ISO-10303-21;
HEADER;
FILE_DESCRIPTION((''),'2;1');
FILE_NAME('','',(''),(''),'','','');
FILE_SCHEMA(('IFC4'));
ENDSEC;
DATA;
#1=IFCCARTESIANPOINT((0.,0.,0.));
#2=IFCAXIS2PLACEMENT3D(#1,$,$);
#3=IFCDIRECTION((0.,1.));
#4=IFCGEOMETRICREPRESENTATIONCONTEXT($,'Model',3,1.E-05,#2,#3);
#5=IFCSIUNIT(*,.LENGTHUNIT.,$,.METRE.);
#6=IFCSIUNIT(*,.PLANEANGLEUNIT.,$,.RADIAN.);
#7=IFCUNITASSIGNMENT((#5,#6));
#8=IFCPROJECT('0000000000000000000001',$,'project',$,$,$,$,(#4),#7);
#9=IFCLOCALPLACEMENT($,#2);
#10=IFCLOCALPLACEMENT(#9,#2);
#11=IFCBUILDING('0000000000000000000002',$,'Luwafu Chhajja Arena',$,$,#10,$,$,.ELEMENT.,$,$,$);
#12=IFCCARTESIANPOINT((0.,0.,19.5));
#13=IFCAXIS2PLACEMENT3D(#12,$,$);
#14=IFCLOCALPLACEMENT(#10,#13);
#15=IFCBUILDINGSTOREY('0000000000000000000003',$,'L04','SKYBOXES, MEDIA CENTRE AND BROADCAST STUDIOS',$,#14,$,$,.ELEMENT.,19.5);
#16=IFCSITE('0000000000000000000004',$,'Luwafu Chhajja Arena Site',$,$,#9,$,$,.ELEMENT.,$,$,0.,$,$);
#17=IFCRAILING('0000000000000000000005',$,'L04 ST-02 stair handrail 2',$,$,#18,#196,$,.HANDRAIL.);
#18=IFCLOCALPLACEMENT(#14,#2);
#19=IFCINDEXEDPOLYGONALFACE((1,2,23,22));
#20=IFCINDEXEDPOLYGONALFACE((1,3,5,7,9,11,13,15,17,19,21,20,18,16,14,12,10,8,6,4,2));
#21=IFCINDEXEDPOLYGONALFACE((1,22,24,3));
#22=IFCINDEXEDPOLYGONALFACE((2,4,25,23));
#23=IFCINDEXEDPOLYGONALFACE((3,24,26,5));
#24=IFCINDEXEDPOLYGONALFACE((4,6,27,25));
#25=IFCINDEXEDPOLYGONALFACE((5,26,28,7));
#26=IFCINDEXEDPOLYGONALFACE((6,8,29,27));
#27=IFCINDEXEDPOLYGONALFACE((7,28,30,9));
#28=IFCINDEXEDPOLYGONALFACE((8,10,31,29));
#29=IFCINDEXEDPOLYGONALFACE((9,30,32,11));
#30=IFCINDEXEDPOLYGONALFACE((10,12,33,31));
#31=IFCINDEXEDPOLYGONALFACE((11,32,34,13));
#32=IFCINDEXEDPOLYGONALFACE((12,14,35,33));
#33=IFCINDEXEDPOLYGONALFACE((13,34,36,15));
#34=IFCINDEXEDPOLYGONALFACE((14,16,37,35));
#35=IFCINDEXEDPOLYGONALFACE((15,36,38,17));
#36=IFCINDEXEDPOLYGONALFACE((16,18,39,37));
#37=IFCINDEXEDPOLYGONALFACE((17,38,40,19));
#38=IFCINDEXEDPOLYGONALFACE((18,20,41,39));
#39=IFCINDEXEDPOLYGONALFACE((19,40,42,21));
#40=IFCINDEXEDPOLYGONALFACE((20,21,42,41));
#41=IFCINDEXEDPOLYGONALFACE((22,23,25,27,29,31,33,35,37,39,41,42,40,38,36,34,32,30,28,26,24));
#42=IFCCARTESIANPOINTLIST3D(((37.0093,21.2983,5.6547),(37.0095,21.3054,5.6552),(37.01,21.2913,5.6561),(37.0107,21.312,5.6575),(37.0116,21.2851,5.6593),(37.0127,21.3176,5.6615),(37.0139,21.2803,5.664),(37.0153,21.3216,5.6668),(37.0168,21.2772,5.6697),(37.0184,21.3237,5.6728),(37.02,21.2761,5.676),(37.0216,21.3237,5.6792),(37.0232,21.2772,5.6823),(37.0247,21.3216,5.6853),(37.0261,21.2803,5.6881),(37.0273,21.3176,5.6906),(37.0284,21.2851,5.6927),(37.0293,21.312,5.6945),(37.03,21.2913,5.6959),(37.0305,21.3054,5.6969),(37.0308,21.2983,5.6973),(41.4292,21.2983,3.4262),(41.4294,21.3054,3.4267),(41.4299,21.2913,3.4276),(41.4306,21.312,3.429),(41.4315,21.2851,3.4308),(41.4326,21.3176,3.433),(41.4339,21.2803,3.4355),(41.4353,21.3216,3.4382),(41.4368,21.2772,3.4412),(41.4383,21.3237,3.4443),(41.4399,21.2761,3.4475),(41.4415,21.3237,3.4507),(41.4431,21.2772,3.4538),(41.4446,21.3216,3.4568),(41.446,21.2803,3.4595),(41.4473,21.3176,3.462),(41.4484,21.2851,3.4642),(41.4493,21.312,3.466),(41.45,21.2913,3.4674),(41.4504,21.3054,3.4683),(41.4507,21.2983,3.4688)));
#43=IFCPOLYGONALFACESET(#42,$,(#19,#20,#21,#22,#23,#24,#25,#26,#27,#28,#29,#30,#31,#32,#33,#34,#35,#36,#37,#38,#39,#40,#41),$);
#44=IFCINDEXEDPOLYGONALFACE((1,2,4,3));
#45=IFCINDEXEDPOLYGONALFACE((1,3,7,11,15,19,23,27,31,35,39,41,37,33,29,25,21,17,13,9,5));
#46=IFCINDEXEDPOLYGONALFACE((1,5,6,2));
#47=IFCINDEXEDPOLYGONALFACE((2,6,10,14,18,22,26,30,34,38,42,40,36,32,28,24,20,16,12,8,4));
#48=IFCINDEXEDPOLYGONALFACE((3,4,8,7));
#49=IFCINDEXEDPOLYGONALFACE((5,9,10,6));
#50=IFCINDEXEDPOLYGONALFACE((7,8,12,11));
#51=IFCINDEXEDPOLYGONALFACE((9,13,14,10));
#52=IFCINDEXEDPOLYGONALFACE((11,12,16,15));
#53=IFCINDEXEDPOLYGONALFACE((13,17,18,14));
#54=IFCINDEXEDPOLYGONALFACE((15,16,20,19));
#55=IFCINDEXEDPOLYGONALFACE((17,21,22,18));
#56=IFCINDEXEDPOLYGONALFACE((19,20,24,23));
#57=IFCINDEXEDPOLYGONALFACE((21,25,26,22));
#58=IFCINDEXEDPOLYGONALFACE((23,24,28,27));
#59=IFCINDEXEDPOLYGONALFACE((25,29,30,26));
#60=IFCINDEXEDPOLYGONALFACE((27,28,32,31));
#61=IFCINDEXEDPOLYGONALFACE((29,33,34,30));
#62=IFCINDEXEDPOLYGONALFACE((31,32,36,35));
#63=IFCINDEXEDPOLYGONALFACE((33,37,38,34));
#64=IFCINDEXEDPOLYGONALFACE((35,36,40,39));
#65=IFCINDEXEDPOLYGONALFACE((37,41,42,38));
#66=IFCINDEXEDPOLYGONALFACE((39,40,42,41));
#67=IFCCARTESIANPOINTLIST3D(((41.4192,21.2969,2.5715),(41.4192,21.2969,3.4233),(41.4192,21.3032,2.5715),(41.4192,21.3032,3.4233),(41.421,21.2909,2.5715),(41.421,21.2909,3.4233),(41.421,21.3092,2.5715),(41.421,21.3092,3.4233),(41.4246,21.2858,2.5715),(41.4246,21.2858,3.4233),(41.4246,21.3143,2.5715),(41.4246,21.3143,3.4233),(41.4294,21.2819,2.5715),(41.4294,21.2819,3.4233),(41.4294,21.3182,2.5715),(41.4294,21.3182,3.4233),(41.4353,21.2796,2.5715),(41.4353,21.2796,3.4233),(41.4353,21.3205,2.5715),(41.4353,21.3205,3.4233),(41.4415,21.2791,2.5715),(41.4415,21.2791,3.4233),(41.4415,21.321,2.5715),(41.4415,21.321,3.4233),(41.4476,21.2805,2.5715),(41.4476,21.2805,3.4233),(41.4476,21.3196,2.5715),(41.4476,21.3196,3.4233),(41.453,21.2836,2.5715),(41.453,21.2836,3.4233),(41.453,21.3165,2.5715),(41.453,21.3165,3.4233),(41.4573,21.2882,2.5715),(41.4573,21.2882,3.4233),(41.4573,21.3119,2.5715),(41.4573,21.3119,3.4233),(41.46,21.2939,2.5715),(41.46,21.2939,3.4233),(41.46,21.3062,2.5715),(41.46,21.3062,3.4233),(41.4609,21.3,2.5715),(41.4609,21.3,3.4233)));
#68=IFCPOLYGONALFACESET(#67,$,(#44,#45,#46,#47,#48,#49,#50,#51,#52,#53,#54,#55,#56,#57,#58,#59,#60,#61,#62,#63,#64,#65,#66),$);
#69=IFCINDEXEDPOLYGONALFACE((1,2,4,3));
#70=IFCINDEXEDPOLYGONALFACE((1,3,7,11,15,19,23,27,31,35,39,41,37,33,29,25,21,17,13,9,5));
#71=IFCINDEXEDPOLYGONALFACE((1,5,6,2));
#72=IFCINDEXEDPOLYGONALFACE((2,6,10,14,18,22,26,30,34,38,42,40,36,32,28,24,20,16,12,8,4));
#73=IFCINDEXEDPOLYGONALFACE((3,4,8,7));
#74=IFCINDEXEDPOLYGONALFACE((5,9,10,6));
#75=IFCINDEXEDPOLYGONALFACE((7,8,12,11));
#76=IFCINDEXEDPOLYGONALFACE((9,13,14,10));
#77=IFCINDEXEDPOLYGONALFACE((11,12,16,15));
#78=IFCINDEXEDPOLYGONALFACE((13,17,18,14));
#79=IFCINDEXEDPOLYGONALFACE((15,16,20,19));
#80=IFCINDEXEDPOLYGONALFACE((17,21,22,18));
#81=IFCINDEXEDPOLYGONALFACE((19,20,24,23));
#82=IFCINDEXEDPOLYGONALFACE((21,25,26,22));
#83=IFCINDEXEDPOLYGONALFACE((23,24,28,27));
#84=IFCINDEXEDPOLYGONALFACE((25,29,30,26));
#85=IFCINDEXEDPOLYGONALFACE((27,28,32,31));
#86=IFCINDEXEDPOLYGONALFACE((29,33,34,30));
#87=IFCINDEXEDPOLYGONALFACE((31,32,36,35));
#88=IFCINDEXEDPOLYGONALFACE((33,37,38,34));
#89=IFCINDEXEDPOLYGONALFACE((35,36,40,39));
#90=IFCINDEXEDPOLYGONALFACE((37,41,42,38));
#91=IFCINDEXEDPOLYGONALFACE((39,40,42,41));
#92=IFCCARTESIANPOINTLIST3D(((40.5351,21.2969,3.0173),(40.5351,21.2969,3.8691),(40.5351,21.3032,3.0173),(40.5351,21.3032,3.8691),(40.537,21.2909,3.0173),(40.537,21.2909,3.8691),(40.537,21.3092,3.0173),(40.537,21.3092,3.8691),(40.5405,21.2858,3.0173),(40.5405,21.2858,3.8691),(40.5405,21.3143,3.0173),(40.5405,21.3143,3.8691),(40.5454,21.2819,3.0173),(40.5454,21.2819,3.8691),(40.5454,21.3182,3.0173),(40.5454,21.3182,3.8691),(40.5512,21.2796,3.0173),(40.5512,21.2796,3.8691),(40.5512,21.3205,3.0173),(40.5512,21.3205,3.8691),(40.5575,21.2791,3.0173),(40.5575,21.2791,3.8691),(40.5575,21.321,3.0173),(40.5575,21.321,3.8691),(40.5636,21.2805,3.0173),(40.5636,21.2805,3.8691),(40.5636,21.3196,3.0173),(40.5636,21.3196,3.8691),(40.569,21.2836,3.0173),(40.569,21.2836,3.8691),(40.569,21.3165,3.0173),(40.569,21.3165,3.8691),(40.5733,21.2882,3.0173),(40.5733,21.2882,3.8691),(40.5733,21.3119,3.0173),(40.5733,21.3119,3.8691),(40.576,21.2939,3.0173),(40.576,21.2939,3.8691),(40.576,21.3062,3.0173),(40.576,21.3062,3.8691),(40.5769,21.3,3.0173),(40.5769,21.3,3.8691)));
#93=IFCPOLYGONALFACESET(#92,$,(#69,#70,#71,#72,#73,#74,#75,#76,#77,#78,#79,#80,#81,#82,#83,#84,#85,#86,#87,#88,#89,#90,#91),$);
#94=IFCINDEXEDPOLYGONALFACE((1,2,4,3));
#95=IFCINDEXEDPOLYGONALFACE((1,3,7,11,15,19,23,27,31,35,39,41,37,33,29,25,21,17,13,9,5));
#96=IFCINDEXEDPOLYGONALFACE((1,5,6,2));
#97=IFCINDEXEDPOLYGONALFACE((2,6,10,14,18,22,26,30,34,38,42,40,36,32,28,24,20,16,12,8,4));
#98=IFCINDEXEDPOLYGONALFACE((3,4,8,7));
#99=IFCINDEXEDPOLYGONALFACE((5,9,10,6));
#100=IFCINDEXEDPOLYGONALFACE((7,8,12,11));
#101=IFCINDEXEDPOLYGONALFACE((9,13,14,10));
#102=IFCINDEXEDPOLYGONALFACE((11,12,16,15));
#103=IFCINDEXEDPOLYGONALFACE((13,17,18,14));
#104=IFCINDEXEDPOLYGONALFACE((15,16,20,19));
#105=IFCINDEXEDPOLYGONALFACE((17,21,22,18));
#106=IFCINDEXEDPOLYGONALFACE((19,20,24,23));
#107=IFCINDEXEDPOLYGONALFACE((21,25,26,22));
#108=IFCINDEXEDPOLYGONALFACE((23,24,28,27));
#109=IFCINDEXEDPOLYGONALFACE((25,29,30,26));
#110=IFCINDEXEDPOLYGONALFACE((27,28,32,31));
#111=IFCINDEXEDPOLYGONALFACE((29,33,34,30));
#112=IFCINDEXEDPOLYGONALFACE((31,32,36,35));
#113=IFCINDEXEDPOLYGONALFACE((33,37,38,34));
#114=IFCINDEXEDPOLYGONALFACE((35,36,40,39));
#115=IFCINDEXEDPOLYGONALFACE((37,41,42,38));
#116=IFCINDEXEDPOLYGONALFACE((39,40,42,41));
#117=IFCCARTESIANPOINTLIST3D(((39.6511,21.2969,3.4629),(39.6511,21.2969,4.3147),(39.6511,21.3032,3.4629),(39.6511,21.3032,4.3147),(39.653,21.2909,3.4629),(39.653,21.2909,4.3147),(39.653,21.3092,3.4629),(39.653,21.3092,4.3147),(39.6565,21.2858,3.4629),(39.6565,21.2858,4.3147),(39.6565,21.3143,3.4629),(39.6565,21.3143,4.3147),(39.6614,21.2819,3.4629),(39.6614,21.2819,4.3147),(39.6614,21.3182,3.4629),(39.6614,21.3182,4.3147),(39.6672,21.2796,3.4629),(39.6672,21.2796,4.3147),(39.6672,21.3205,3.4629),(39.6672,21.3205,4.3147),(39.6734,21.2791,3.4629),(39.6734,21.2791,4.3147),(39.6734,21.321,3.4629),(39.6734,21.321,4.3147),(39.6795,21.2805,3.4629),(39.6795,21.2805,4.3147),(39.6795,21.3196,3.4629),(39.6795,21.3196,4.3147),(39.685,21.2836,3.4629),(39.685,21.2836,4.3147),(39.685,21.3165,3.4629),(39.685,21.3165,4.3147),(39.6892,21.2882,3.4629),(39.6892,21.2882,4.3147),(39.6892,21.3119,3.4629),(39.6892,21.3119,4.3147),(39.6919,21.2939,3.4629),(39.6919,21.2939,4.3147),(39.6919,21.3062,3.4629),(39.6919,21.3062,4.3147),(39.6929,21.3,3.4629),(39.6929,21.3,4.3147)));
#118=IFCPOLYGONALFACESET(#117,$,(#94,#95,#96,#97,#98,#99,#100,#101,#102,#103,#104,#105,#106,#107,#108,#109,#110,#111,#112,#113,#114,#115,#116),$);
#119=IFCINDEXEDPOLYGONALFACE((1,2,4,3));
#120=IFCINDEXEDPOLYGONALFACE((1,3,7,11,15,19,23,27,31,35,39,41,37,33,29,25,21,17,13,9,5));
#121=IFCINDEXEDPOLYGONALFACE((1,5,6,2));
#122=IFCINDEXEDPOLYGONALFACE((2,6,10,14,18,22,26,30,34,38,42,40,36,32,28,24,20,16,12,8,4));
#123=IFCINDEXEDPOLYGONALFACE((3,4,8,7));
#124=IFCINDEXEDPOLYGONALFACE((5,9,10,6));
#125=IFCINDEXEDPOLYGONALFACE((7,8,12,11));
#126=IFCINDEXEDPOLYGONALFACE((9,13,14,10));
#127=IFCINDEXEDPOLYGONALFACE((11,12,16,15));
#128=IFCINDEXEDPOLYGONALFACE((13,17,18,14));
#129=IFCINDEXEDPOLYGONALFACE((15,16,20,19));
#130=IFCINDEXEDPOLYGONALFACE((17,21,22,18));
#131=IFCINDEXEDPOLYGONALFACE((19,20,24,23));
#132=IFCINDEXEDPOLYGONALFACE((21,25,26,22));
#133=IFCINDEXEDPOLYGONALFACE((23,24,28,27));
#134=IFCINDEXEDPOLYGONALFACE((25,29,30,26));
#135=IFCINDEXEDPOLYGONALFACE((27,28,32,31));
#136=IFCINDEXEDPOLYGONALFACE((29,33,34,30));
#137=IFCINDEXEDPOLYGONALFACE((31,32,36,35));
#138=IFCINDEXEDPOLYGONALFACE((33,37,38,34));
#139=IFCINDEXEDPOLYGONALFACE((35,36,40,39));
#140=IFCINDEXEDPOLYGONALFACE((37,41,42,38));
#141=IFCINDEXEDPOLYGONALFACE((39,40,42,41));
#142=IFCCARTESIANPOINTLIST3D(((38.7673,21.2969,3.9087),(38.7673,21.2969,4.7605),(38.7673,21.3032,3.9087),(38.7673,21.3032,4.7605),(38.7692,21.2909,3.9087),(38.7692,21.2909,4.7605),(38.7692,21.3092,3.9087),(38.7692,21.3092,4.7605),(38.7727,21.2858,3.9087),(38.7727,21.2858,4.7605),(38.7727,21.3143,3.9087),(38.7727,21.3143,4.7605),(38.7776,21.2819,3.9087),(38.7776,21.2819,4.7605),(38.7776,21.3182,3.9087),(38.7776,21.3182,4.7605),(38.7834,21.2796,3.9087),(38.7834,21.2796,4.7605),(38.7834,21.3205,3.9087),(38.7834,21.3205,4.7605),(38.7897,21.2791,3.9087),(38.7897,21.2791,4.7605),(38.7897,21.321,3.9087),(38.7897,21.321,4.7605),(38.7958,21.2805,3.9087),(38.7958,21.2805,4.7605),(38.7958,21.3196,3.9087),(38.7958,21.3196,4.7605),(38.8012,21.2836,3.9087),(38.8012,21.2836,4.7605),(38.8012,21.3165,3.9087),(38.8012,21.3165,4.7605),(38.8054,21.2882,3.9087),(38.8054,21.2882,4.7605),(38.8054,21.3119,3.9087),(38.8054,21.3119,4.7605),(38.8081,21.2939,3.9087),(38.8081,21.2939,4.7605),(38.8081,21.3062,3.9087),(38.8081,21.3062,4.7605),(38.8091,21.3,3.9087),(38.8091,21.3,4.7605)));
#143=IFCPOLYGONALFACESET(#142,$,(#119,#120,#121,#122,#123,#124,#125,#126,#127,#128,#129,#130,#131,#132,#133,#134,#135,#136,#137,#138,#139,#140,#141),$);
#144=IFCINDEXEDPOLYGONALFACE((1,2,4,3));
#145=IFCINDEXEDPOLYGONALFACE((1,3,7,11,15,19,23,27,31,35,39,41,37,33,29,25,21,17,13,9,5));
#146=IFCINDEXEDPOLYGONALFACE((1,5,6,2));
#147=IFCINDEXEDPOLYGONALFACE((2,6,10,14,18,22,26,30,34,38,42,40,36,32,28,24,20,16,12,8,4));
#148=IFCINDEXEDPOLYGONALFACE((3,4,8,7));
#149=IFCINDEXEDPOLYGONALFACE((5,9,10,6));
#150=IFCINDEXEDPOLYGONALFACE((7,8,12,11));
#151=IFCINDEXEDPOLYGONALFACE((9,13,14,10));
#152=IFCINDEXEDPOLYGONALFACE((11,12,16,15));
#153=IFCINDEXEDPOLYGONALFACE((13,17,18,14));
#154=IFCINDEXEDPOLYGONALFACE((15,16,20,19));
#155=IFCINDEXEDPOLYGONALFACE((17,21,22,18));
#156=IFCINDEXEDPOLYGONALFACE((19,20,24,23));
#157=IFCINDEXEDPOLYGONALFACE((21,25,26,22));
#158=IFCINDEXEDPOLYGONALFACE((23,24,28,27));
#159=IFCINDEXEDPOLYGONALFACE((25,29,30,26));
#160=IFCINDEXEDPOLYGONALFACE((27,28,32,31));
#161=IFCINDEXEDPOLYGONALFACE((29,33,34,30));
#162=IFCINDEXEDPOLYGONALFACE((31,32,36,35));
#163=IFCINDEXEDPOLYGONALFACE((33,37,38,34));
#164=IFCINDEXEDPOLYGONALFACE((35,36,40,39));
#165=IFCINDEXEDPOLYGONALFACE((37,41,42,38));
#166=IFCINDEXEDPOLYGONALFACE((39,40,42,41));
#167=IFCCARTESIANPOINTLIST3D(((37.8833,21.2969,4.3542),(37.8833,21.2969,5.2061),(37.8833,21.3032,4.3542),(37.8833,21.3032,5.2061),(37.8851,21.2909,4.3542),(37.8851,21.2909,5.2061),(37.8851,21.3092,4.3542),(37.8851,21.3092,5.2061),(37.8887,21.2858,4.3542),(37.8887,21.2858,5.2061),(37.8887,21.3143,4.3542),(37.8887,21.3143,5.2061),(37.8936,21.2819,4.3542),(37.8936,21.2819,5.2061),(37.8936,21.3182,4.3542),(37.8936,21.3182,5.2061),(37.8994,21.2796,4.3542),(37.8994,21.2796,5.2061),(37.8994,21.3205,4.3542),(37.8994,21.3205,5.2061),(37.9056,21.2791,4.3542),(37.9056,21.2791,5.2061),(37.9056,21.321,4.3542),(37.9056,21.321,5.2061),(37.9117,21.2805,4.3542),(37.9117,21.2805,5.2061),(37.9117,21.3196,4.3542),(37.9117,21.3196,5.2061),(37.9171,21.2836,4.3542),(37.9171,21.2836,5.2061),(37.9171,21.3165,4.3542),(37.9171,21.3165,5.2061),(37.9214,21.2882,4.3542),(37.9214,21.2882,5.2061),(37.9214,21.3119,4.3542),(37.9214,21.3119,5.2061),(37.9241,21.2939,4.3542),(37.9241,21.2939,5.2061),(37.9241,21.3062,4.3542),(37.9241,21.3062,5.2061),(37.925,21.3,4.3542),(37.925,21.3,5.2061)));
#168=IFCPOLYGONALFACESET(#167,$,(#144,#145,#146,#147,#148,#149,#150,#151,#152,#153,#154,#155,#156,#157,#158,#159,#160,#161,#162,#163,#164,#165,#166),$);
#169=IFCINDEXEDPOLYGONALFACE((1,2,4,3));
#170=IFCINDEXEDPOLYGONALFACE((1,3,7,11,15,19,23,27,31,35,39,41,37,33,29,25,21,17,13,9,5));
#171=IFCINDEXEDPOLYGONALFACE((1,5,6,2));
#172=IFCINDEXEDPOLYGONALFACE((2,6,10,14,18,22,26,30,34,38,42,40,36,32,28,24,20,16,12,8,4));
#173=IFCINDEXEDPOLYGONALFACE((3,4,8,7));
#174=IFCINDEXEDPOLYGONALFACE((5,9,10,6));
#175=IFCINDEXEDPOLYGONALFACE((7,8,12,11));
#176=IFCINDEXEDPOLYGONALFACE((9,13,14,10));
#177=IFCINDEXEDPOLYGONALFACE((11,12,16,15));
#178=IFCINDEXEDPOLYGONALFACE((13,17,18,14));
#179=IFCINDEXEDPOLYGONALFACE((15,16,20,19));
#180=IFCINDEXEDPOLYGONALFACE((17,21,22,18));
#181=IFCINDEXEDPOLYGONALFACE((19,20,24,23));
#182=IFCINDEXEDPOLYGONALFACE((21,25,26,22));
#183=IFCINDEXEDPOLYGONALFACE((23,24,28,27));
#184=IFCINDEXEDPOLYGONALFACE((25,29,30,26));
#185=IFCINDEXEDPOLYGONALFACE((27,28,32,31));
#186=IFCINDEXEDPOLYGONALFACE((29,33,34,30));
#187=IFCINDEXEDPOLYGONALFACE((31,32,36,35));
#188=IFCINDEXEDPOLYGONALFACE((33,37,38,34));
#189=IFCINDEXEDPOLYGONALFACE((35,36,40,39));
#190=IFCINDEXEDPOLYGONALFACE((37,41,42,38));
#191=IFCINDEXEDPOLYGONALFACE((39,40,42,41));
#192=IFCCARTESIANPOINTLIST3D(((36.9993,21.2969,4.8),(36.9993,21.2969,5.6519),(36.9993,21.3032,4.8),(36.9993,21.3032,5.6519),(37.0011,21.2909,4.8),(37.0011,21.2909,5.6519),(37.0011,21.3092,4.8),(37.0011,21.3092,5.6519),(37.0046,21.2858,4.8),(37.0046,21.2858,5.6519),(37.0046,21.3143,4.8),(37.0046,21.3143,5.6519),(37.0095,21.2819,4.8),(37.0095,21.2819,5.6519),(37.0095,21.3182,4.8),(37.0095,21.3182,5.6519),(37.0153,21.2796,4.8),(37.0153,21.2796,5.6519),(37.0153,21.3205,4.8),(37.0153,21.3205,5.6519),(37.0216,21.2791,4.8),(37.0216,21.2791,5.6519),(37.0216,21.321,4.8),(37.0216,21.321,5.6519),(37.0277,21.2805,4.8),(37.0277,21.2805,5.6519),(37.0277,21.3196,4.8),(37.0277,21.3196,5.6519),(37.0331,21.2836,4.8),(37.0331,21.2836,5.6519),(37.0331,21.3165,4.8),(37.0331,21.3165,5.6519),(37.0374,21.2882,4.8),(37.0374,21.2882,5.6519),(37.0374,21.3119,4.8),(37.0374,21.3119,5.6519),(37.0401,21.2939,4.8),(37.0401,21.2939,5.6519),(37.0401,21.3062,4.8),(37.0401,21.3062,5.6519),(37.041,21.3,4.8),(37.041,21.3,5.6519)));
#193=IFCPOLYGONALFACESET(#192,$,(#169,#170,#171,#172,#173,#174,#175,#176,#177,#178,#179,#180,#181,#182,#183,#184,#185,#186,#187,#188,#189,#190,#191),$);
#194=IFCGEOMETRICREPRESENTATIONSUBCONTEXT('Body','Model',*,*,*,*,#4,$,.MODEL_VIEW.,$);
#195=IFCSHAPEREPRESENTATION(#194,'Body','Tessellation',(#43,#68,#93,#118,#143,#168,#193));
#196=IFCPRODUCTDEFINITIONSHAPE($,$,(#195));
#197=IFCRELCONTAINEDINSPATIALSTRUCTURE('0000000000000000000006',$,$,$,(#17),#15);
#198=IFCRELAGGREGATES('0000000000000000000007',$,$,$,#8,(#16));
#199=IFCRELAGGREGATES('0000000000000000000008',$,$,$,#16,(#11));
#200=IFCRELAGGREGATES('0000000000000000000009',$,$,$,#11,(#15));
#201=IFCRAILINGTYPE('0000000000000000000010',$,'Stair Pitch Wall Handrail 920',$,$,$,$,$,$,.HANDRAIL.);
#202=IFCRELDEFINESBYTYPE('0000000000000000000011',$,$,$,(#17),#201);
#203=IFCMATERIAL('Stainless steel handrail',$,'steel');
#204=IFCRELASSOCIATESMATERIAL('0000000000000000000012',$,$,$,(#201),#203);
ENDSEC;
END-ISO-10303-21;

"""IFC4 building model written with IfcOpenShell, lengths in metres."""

from ifc_helpers import new_model, si_unit, direction, frame, origin, origin_2d, place, context, subcontext, project, spatial, circle, extrude, material, type_object, element, save


model = new_model("IFC4")

# Units and contexts
model_context = context("Model", 3, precision=1e-05, world=origin(), true_north=direction((0.0, 1.0)))
body_context = subcontext(model_context, "Body", "Model", "MODEL_VIEW")
ifc_project = project(units=[si_unit("LENGTHUNIT", "METRE"), si_unit("PLANEANGLEUNIT", "RADIAN")], contexts=[model_context])

# Site, building, storey
site_placement = place(None, origin())
site = spatial("IfcSite", under=ifc_project, at=site_placement, Name="Luwafu Chhajja Arena Site", CompositionType="ELEMENT", RefElevation=0.0)
building_placement = place(site_placement, origin())
building = spatial("IfcBuilding", under=site, at=building_placement, Name="Luwafu Chhajja Arena", CompositionType="ELEMENT")
storey_placement = place(building_placement, frame((0.0, 0.0, 19.5)))
storey = spatial("IfcBuildingStorey", under=building, at=storey_placement, Name="L04", Description="SKYBOXES, MEDIA CENTRE AND BROADCAST STUDIOS", CompositionType="ELEMENT", Elevation=19.5)

# Railing
ifc_material_1 = material(Name="Stainless steel handrail", Category="steel")
railing_type_1 = type_object("IfcRailingType", Name="Stair Pitch Wall Handrail 920", PredefinedType="HANDRAIL", material=ifc_material_1)
railing_1_placement = place(storey_placement, frame((41.4399, 21.3, 2.5715)))
element("IfcRailing", 1, at=railing_1_placement, inside=storey, type_object=railing_type_1, Name="L04 ST-02 stair handrail 2", PredefinedType="HANDRAIL", context=body_context, shape_type="SweptSolid", body=[
    extrude(circle(Radius=0.0239, at=origin_2d()), frame((0.0, 0.0, 0.876), z_axis=(-0.892923, 0.0, 0.45021), x_axis=(0.0, -1.0, 0.0)), (0.0, 0.0, 1.0), 4.95),
    extrude(circle(Radius=0.021, at=origin_2d()), origin(), (0.0, 0.0, 1.0), 0.8518),
    extrude(circle(Radius=0.021, at=origin_2d()), frame((-0.884, 0.0, 0.4458)), (0.0, 0.0, 1.0), 0.8518),
    extrude(circle(Radius=0.021, at=origin_2d()), frame((-1.7681, 0.0, 0.8914)), (0.0, 0.0, 1.0), 0.8518),
    extrude(circle(Radius=0.021, at=origin_2d()), frame((-2.6519, 0.0, 1.3372)), (0.0, 0.0, 1.0), 0.8518),
    extrude(circle(Radius=0.021, at=origin_2d()), frame((-3.5359, 0.0, 1.7827)), (0.0, 0.0, 1.0), 0.8518),
    extrude(circle(Radius=0.021, at=origin_2d()), frame((-4.4199, 0.0, 2.2285)), (0.0, 0.0, 1.0), 0.8518),
])

save(model, "model.ifc")
